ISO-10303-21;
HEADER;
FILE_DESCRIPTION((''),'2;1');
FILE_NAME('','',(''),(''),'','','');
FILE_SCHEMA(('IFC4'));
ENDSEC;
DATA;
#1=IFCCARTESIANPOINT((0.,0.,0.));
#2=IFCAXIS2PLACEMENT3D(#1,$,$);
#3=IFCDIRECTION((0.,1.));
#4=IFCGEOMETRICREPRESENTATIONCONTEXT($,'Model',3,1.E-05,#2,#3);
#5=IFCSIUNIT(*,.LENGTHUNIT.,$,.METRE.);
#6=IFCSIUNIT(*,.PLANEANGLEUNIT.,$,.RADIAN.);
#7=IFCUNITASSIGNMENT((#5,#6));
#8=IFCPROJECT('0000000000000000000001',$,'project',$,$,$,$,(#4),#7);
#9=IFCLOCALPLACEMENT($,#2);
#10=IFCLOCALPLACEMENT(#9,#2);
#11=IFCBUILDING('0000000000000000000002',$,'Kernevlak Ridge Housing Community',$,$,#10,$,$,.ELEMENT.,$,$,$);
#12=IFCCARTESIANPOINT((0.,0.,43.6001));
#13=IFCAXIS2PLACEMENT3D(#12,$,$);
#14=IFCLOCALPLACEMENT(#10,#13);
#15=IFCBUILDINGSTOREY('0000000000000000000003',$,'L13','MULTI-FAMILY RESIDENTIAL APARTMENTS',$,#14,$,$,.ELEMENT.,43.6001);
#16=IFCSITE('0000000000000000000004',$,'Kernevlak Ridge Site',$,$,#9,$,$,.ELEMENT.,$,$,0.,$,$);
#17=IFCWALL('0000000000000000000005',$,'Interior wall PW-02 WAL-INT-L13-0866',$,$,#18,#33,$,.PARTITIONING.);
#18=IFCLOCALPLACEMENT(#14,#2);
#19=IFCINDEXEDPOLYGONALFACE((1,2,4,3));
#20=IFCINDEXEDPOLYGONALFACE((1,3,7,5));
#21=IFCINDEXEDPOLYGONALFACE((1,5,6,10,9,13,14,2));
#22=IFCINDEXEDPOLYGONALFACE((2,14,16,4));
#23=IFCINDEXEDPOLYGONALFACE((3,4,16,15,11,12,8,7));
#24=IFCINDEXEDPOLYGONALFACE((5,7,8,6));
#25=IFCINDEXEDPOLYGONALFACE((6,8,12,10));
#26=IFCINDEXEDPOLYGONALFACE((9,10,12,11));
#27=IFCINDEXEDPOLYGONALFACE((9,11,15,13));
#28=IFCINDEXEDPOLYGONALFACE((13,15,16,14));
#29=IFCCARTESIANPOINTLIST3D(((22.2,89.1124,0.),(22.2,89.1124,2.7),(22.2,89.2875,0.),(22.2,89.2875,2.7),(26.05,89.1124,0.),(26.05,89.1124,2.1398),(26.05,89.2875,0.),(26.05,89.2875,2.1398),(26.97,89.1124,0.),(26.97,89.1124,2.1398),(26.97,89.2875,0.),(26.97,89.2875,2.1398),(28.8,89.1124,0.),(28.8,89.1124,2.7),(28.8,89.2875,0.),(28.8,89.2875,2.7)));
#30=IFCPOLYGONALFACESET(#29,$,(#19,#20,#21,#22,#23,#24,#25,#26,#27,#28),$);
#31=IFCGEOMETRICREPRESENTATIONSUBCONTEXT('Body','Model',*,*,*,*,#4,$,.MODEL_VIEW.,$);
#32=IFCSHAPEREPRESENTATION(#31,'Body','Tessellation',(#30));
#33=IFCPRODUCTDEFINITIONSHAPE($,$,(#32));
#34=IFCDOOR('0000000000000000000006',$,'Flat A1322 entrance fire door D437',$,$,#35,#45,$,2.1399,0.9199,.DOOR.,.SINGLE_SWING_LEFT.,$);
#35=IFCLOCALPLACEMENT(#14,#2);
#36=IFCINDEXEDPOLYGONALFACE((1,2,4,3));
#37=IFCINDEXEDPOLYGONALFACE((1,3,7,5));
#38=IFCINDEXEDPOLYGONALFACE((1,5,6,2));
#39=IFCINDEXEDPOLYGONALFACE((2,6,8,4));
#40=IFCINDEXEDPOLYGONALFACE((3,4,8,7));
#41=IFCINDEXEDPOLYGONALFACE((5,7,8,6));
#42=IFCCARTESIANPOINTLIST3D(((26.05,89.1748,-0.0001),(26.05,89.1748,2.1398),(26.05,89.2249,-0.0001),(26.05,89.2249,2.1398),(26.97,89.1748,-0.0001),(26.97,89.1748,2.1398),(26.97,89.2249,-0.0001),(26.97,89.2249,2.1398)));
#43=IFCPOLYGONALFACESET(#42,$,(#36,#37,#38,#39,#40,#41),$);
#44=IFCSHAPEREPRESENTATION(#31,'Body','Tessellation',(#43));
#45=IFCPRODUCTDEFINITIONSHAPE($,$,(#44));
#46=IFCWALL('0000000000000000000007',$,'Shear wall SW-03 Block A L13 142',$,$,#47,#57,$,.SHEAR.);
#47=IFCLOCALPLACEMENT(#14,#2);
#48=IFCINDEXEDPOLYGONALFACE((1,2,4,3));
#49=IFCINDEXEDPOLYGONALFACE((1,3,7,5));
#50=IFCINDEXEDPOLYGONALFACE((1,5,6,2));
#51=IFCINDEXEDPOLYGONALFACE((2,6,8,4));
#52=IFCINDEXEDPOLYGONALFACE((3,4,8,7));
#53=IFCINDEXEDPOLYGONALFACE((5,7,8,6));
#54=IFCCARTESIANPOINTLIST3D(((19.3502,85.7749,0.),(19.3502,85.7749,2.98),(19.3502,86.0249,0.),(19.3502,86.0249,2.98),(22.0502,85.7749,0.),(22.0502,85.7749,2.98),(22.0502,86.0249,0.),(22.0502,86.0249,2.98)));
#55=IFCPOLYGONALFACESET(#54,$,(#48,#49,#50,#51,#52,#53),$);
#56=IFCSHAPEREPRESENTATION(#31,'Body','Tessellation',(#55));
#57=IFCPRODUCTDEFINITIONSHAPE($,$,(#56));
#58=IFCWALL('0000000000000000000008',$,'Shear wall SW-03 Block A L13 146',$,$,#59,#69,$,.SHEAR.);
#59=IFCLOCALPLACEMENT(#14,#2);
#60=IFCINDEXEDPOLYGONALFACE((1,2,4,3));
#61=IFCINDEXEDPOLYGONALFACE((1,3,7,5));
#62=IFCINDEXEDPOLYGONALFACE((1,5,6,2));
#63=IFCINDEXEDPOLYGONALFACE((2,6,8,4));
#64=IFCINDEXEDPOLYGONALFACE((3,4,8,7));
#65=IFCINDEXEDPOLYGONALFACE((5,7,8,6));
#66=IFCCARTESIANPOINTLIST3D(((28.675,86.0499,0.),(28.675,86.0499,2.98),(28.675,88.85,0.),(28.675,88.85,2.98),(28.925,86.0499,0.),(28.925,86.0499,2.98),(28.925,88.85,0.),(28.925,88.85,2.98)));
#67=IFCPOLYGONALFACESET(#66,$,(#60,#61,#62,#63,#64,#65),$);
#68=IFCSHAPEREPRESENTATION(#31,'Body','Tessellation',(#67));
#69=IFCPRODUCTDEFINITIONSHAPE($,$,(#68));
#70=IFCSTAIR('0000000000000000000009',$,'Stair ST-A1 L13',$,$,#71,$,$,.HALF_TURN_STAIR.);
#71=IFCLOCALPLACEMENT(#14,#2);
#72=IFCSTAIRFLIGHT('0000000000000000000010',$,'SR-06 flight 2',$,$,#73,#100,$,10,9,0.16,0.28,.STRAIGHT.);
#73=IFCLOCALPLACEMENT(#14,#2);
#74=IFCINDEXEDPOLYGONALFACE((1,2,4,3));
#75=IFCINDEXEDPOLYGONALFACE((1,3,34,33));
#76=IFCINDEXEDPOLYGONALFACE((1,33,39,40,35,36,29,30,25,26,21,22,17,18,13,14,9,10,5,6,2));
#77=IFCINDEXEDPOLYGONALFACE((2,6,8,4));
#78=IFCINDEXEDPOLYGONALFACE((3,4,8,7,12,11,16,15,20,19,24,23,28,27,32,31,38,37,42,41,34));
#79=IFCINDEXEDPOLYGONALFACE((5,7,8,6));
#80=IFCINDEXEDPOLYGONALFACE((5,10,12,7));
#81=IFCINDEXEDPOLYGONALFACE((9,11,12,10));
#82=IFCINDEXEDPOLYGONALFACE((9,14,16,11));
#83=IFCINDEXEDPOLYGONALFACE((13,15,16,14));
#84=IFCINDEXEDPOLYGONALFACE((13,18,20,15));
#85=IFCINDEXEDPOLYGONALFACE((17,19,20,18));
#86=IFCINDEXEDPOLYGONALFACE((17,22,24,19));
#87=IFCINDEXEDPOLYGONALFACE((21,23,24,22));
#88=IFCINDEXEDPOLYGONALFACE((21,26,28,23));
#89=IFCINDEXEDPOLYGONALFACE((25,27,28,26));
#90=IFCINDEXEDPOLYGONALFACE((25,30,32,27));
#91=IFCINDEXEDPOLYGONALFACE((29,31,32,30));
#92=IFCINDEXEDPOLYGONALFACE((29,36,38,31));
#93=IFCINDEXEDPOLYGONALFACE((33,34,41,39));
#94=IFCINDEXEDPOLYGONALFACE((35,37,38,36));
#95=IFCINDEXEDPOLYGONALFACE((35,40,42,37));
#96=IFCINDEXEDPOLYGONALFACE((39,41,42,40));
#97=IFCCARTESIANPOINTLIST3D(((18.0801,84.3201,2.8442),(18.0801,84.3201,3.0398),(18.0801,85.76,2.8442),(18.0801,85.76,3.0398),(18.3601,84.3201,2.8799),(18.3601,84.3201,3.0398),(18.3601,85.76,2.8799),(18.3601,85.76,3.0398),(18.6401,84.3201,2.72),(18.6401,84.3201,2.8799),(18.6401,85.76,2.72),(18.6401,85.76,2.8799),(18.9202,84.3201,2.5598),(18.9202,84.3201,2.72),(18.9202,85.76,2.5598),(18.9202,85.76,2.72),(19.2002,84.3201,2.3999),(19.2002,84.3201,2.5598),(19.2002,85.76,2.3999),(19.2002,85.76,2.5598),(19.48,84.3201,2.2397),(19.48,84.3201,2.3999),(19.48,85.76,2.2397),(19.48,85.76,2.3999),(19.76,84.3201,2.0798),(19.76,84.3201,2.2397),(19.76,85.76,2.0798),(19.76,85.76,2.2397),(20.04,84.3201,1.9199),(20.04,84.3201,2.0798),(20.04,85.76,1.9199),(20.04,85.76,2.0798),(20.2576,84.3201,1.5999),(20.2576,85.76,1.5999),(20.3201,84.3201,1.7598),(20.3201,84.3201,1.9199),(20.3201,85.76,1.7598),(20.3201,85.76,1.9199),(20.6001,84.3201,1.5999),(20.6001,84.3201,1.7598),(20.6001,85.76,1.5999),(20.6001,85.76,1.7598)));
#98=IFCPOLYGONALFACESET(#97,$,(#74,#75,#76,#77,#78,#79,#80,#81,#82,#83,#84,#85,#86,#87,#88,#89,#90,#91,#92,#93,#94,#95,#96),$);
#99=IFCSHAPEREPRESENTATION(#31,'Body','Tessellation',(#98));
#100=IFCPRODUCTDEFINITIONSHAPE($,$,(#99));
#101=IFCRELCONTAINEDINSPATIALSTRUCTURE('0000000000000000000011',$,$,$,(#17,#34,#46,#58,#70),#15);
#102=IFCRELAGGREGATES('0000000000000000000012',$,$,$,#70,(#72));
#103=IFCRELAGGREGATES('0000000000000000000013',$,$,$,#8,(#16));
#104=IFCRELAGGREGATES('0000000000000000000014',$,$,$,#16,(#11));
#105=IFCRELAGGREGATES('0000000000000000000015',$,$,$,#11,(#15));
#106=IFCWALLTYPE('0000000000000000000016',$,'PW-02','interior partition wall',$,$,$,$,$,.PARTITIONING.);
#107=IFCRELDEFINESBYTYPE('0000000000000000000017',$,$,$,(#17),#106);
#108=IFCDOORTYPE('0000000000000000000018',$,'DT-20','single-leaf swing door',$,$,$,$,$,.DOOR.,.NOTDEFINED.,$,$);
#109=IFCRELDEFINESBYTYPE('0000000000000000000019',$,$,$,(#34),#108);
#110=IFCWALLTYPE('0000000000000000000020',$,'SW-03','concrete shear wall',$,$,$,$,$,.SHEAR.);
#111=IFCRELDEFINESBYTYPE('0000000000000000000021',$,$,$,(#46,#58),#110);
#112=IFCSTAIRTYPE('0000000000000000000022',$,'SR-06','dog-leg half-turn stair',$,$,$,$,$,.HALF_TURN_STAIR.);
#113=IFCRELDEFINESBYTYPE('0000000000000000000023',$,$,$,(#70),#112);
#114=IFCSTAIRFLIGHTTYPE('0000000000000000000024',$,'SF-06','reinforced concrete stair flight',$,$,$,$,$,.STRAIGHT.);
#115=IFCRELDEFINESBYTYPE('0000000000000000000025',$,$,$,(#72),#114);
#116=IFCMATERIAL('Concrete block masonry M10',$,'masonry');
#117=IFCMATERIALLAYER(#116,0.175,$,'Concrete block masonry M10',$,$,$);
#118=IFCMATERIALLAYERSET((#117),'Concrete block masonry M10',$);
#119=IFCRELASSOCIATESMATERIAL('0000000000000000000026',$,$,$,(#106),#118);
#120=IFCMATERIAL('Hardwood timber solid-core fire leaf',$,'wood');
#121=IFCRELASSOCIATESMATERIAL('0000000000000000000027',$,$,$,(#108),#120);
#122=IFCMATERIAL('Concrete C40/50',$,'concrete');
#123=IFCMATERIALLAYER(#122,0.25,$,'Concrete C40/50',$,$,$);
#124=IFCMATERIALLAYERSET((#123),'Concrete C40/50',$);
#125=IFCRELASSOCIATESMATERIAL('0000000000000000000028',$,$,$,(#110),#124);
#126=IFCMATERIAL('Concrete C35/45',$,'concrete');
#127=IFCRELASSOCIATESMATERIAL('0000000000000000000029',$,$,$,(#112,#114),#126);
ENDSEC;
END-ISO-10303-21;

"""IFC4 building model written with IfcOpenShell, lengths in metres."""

from ifc_helpers import new_model, si_unit, direction, frame, frame_2d, origin, place, context, subcontext, project, spatial, polyline, rectangle, outline, extrude, material, layer, layer_set, type_object, element, fill, aggregate, save


model = new_model("IFC4")

# Units and contexts
model_context = context("Model", 3, precision=1e-05, world=origin(), true_north=direction((0.0, 1.0)))
body_context = subcontext(model_context, "Body", "Model", "MODEL_VIEW")
ifc_project = project(units=[si_unit("LENGTHUNIT", "METRE"), si_unit("PLANEANGLEUNIT", "RADIAN")], contexts=[model_context])

# Site, building, storey
site_placement = place(None, origin())
site = spatial("IfcSite", under=ifc_project, at=site_placement, Name="Kernevlak Ridge Site", CompositionType="ELEMENT", RefElevation=0.0)
building_placement = place(site_placement, origin())
building = spatial("IfcBuilding", under=site, at=building_placement, Name="Kernevlak Ridge Housing Community", CompositionType="ELEMENT")
storey_placement = place(building_placement, frame((0.0, 0.0, 43.6001)))
storey = spatial("IfcBuildingStorey", under=building, at=storey_placement, Name="L13", Description="MULTI-FAMILY RESIDENTIAL APARTMENTS", CompositionType="ELEMENT", Elevation=43.6001)

# Shared definitions
ifc_material_1 = material(Name="Concrete C35/45", Category="concrete")

# Shared definitions
ifc_material_2 = material(Name="Concrete block masonry M10", Category="masonry")
ifc_layer_1 = layer(ifc_material_2, 0.175, Name="Concrete block masonry M10")
ifc_layer_set_1 = layer_set([ifc_layer_1], Name="Concrete block masonry M10")
wall_type_1 = type_object("IfcWallType", Name="PW-02", Description="interior partition wall", PredefinedType="PARTITIONING", material=ifc_layer_set_1)

# Wall, opening, door
ifc_material_3 = material(Name="Hardwood timber solid-core fire leaf", Category="wood")
door_type_1 = type_object("IfcDoorType", Name="DT-20", Description="single-leaf swing door", OperationType="NOTDEFINED", PredefinedType="DOOR", material=ifc_material_3)
wall_1_placement = place(storey_placement, frame((22.2, 89.2, 0.0), z_axis=(0.0, 0.0, 1.0), x_axis=(1.0, 0.0, 0.0)))
wall_1 = element("IfcWall", 1, at=wall_1_placement, inside=storey, type_object=wall_type_1, Name="Interior wall PW-02 WAL-INT-L13-0866", PredefinedType="PARTITIONING", context=body_context, shape_type="SweptSolid", body=[
    extrude(rectangle(XDim=6.6001, YDim=0.175, at=frame_2d((3.3, 0.0))), origin(), (0.0, 0.0, 1.0), 2.7),
])
opening_1_placement = place(wall_1_placement, frame((3.8501, 0.0, 0.0)))
opening_1 = element("IfcOpeningElement", 2, at=opening_1_placement, cuts=wall_1, PredefinedType="OPENING", context=body_context, shape_type="SweptSolid", body=[
    extrude(rectangle(XDim=0.9199, YDim=2.1399, at=frame_2d((0.46, 1.0698))), frame((0.0, 0.0974, 0.0), z_axis=(0.0, -1.0, 0.0), x_axis=(1.0, 0.0, 0.0)), (0.0, 0.0, 1.0), 0.1951),
])
door_1_placement = place(opening_1_placement, origin())
door_1 = element("IfcDoor", 3, at=door_1_placement, inside=storey, type_object=door_type_1, Name="Flat A1322 entrance fire door D437", OperationType="SINGLE_SWING_LEFT", OverallHeight=2.1399, OverallWidth=0.9199, PredefinedType="DOOR", context=body_context, shape_type="SweptSolid", body=[
    extrude(rectangle(XDim=0.9199, YDim=2.1399, at=frame_2d((0.46, 1.0698))), frame((0.0, 0.0249, 0.0), z_axis=(0.0, -1.0, 0.0), x_axis=(1.0, 0.0, 0.0)), (0.0, 0.0, 1.0), 0.05),
])
fill(opening_1, door_1)

# Walls
ifc_material_4 = material(Name="Concrete C40/50", Category="concrete")
ifc_layer_2 = layer(ifc_material_4, 0.25, Name="Concrete C40/50")
ifc_layer_set_2 = layer_set([ifc_layer_2], Name="Concrete C40/50")
wall_type_2 = type_object("IfcWallType", Name="SW-03", Description="concrete shear wall", PredefinedType="SHEAR", material=ifc_layer_set_2)
wall_2_placement = place(storey_placement, frame((19.3501, 85.8999, 0.0), z_axis=(0.0, 0.0, 1.0), x_axis=(1.0, 0.0, 0.0)))
element("IfcWall", 4, at=wall_2_placement, inside=storey, type_object=wall_type_2, Name="Shear wall SW-03 Block A L13 142", PredefinedType="SHEAR", context=body_context, shape_type="SweptSolid", body=[
    extrude(rectangle(XDim=2.7, YDim=0.25, at=frame_2d((1.3501, 0.0))), origin(), (0.0, 0.0, 1.0), 2.98),
])
wall_3_placement = place(storey_placement, frame((28.8, 86.05, 0.0), z_axis=(0.0, 0.0, 1.0), x_axis=(0.0, 1.0, 0.0)))
element("IfcWall", 5, at=wall_3_placement, inside=storey, type_object=wall_type_2, Name="Shear wall SW-03 Block A L13 146", PredefinedType="SHEAR", context=body_context, shape_type="SweptSolid", body=[
    extrude(rectangle(XDim=2.8, YDim=0.25, at=frame_2d((1.3999, 0.0))), origin(), (0.0, 0.0, 1.0), 2.98),
])

# Stair, stair flight
stair_type = type_object("IfcStairType", Name="SR-06", Description="dog-leg half-turn stair", PredefinedType="HALF_TURN_STAIR", material=ifc_material_1)
stair_placement = place(storey_placement, origin())
stair = element("IfcStair", 6, at=stair_placement, inside=storey, type_object=stair_type, Name="Stair ST-A1 L13", PredefinedType="HALF_TURN_STAIR")
stair_flight_type = type_object("IfcStairFlightType", Name="SF-06", Description="reinforced concrete stair flight", PredefinedType="STRAIGHT", material=ifc_material_1)
stair_flight_placement = place(storey_placement, frame((20.6001, 85.04, 1.5999), z_axis=(0.0, 0.0, 1.0), x_axis=(-1.0, 0.0, 0.0)))
stair_flight = element("IfcStairFlight", 7, at=stair_flight_placement, type_object=stair_flight_type, Name="SR-06 flight 2", NumberOfRisers=10, NumberOfTreads=9, PredefinedType="STRAIGHT", RiserHeight=0.16, TreadLength=0.28, context=body_context, shape_type="SweptSolid", body=[
    extrude(outline(polyline([(0.0, 0.0), (0.0, 0.1599), (0.28, 0.1599), (0.28, 0.3201), (0.5601, 0.3201), (0.5601, 0.48), (0.8401, 0.48), (0.8401, 0.6399), (1.1201, 0.6399), (1.1201, 0.8), (1.3999, 0.8), (1.3999, 0.96), (1.6799, 0.96), (1.6799, 1.1201), (1.96, 1.1201), (1.96, 1.28), (2.24, 1.28), (2.24, 1.4399), (2.52, 1.4399), (2.52, 1.6001), (2.52, 1.2444), (0.3425, 0.0), (0.0, 0.0)])), frame((0.0, 0.72, 0.0), z_axis=(0.0, -1.0, 0.0), x_axis=(1.0, 0.0, 0.0)), (0.0, 0.0, 1.0), 1.4399),
])
aggregate(stair, [stair_flight])

save(model, "model.ifc")
